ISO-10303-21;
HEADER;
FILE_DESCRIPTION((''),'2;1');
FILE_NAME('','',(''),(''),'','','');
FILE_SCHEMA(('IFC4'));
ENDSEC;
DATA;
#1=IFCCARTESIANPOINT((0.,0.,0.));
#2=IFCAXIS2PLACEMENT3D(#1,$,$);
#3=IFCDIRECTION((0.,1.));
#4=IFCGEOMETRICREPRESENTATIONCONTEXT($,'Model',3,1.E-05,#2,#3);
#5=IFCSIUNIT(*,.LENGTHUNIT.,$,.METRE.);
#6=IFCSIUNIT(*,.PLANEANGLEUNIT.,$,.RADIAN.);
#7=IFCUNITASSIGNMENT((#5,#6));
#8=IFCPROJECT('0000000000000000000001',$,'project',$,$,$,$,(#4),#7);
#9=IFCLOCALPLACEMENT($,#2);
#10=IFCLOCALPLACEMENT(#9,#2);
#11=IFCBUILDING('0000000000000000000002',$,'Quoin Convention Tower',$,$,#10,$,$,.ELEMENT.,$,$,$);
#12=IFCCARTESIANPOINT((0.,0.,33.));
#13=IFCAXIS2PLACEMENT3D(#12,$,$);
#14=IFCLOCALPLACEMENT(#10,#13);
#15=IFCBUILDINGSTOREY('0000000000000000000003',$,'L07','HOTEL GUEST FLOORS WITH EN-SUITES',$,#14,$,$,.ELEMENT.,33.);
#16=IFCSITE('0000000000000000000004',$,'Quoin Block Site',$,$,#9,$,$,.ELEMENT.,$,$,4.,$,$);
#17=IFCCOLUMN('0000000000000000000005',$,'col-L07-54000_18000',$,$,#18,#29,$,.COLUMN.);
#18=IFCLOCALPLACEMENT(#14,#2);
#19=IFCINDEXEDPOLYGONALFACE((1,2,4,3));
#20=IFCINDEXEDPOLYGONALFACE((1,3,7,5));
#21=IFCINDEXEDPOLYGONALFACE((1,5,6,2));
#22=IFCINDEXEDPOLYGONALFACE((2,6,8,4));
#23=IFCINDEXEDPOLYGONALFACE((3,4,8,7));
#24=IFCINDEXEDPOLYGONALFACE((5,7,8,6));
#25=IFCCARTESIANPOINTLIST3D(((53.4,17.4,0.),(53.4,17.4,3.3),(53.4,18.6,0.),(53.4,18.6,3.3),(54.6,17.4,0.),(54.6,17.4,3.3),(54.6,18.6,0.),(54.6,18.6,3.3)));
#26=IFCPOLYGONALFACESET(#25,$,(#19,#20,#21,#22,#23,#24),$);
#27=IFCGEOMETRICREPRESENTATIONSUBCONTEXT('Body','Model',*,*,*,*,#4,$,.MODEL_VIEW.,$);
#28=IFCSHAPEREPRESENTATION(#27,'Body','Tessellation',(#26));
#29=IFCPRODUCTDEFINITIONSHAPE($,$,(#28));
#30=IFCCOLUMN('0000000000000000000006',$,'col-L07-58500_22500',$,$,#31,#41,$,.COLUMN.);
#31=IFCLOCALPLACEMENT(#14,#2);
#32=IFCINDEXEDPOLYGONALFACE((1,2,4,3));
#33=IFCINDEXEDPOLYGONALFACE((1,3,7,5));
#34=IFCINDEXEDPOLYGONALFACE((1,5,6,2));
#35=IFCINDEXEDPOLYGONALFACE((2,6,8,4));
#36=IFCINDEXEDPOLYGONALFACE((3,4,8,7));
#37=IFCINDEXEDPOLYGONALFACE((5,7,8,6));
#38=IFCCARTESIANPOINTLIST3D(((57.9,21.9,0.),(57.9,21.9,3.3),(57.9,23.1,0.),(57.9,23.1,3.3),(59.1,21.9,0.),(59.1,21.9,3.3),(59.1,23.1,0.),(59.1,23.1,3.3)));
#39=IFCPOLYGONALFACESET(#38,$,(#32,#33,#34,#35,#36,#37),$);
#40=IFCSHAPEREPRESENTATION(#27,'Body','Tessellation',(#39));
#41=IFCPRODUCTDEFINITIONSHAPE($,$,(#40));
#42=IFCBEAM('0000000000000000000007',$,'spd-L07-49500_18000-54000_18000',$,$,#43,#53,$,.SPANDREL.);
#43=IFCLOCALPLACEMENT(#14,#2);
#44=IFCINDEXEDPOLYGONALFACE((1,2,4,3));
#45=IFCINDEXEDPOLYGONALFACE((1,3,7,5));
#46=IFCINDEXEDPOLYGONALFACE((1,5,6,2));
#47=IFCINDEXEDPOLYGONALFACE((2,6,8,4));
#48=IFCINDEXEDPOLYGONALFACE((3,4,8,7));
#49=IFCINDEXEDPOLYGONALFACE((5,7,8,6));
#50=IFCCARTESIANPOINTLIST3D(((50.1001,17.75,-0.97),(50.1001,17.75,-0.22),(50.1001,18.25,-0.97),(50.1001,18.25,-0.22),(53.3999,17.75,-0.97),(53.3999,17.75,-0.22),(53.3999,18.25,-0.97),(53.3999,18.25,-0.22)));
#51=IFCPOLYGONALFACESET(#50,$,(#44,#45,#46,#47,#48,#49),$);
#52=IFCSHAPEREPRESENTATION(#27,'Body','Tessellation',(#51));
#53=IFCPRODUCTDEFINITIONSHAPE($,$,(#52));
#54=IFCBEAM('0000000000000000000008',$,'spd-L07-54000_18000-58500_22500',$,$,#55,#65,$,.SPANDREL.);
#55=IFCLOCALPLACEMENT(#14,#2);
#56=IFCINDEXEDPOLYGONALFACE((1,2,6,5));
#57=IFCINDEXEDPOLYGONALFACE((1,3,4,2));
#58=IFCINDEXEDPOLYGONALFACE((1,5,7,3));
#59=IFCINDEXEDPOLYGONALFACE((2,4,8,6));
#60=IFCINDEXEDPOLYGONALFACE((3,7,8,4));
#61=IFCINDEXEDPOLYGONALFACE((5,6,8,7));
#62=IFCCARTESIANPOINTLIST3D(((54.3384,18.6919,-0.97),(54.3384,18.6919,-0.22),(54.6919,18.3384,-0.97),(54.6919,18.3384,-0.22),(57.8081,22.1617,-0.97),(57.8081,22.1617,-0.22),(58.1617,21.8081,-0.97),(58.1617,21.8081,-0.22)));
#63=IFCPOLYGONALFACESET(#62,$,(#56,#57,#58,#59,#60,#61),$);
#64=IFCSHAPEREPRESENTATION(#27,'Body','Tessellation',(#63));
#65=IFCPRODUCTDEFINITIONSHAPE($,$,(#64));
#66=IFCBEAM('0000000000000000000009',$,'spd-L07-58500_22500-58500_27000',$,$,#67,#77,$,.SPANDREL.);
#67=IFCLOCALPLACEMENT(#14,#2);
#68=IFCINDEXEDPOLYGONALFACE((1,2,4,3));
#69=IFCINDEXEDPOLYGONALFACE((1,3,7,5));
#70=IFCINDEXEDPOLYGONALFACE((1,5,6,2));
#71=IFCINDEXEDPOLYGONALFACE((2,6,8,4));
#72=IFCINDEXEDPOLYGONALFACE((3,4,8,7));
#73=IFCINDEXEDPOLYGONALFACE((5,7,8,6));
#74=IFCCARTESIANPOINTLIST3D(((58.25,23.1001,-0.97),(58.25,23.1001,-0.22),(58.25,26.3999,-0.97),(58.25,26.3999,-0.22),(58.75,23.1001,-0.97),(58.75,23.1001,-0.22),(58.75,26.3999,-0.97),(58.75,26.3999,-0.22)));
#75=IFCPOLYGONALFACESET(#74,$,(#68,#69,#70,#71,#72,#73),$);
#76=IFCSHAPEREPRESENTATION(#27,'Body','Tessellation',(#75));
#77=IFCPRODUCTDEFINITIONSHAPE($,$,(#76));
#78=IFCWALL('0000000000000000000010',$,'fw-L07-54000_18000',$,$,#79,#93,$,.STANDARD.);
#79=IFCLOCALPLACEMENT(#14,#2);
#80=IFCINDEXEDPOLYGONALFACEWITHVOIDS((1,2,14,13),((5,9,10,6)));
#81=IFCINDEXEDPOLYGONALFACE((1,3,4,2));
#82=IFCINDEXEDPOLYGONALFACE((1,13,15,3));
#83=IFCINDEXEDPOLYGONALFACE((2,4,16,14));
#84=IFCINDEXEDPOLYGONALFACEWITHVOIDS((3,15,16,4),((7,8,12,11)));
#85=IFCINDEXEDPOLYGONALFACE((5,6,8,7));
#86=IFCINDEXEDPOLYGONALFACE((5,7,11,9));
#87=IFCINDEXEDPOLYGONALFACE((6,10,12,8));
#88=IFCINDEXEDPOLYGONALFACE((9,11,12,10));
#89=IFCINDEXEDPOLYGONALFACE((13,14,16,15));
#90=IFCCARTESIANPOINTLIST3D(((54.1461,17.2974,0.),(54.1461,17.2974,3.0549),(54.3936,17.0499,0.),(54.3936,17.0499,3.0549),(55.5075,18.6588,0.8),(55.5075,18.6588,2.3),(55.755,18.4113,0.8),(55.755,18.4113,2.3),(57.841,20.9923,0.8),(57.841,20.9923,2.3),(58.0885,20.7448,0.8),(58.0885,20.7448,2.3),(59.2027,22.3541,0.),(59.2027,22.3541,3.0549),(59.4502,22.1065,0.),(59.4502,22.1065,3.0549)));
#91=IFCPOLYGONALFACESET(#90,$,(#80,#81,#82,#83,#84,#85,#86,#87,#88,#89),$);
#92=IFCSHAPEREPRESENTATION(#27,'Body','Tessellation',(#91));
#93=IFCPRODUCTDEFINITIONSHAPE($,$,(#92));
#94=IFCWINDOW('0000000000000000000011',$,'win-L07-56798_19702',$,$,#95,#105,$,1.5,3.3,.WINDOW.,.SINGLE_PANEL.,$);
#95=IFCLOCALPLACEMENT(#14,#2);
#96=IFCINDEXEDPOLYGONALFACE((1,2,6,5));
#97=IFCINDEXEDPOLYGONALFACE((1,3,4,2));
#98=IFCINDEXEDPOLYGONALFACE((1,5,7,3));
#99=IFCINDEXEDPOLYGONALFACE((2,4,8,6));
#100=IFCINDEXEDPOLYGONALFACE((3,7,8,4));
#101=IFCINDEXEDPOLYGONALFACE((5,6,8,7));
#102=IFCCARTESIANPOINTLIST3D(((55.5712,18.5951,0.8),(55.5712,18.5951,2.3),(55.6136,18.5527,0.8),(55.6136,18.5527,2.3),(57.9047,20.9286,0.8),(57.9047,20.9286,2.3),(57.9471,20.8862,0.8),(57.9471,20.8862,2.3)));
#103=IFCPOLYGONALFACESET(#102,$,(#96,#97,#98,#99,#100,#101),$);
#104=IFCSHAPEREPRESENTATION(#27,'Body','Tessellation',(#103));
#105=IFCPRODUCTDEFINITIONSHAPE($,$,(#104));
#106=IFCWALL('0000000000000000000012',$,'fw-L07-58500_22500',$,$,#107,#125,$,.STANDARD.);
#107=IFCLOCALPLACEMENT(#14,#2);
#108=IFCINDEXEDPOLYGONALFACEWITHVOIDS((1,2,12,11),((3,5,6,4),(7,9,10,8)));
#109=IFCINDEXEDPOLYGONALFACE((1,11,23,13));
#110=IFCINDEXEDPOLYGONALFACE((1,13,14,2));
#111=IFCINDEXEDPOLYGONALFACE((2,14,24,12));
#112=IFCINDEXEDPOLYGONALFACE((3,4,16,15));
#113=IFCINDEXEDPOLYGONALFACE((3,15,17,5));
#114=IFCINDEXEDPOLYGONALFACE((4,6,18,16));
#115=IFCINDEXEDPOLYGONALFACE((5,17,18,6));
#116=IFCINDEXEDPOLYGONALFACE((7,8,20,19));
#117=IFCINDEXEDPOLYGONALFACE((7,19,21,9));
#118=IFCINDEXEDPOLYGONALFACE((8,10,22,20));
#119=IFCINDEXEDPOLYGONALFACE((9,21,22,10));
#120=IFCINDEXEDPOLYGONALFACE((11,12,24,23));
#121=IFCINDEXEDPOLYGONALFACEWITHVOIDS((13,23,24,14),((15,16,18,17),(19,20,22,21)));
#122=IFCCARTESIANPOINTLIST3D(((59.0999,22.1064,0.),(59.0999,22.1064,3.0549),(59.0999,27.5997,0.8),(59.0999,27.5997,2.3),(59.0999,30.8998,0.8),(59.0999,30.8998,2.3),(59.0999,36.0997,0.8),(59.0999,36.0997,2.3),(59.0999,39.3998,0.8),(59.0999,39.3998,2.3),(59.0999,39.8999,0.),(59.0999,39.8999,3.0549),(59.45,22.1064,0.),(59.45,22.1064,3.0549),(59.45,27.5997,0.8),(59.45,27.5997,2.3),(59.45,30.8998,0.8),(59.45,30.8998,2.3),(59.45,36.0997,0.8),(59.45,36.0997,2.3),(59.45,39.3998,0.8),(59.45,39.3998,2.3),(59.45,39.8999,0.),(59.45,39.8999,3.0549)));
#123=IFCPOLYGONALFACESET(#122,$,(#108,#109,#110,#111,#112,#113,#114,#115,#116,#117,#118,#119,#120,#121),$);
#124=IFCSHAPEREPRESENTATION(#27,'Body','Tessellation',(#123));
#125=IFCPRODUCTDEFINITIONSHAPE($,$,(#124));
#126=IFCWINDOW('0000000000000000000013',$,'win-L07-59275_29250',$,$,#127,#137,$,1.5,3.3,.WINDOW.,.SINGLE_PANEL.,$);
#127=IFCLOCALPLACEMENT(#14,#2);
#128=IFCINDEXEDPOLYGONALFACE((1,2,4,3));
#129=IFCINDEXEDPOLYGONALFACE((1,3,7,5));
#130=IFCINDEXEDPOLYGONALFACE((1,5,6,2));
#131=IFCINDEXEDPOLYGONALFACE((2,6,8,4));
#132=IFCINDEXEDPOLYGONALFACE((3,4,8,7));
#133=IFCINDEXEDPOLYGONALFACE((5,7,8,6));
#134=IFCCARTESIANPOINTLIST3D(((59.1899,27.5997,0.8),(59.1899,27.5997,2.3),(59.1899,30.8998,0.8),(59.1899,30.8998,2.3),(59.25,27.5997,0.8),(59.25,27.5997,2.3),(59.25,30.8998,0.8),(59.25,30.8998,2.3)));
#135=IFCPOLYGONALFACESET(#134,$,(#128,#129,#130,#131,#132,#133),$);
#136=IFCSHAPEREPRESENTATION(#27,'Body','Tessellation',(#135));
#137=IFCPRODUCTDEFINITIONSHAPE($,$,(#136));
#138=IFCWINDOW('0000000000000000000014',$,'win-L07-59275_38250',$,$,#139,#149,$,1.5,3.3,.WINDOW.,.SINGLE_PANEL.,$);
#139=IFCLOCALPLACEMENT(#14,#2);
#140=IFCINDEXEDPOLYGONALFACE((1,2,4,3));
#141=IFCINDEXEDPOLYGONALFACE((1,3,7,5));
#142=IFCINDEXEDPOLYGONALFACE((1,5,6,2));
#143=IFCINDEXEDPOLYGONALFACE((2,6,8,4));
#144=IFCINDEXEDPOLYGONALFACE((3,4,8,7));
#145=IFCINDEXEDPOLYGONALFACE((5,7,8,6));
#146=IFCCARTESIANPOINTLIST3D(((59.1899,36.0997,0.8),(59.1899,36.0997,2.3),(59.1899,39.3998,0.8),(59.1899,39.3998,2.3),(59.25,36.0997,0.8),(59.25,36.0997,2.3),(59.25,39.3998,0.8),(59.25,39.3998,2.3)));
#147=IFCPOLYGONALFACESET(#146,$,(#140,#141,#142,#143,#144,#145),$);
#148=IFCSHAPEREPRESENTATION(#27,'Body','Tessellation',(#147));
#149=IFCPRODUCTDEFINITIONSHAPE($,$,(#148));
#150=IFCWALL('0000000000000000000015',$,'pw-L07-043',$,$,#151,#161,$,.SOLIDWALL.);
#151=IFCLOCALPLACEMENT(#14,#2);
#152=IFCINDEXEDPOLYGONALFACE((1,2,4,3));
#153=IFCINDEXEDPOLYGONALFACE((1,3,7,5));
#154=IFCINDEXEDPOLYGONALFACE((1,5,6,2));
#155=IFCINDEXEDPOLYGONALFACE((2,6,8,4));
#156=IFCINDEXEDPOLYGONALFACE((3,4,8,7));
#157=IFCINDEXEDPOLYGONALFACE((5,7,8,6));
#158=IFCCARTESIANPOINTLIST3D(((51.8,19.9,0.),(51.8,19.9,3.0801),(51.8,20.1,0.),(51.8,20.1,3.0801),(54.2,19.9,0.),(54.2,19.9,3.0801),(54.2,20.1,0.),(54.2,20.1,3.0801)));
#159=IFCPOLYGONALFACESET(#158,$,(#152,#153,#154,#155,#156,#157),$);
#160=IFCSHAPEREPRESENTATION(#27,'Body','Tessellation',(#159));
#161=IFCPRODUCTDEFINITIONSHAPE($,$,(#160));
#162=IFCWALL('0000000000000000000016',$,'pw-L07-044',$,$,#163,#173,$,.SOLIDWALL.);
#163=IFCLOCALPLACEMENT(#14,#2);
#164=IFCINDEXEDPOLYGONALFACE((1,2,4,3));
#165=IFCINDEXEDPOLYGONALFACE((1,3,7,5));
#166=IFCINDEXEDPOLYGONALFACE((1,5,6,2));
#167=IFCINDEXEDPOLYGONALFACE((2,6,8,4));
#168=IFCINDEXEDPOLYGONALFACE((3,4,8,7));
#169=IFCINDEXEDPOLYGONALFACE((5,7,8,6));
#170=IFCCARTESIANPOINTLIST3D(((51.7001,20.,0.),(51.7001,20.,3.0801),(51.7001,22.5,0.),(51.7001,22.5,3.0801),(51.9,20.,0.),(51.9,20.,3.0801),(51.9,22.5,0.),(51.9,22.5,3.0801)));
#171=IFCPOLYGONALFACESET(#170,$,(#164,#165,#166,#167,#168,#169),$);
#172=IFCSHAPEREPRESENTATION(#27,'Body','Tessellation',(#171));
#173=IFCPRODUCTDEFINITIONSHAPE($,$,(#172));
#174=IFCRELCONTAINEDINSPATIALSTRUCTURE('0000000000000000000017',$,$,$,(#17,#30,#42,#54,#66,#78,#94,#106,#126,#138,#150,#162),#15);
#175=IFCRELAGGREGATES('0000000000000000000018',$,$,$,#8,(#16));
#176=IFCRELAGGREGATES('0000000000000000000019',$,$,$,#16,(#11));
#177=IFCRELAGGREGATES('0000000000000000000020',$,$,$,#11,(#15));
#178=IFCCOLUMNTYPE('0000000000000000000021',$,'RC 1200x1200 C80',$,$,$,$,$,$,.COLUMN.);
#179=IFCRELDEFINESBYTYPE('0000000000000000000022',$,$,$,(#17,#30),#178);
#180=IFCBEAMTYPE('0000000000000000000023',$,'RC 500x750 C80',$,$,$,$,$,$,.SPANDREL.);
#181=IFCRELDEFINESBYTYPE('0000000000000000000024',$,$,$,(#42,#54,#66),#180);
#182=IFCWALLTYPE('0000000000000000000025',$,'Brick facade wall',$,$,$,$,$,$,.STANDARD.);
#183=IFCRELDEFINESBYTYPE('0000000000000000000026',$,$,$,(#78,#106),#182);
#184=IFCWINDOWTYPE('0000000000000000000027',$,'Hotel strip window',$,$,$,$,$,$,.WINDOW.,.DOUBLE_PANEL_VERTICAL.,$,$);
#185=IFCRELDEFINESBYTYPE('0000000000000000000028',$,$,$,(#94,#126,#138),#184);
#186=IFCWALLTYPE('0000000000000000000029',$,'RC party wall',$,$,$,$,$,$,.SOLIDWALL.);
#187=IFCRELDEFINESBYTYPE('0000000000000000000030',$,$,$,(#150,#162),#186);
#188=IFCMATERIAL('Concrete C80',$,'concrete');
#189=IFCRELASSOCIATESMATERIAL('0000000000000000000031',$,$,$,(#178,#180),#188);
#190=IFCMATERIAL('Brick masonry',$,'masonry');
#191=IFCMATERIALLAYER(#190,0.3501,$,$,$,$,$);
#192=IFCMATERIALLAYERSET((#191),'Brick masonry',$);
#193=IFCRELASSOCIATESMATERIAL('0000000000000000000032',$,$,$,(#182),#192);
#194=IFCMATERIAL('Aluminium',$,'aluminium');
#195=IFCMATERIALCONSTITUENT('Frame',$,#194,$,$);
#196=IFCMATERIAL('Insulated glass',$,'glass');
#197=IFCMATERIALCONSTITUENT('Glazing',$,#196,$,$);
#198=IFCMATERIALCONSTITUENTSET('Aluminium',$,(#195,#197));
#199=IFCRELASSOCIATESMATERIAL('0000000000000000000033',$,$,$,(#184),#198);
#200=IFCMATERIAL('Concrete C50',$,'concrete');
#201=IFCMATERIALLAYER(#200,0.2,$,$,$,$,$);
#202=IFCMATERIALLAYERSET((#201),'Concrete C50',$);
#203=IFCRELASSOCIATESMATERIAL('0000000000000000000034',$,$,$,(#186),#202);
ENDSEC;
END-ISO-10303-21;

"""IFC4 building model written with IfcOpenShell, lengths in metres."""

from ifc_helpers import new_model, si_unit, direction, frame, frame_2d, origin, origin_2d, place, context, subcontext, project, spatial, rectangle, extrude, material, layer, layer_set, constituent, constituent_set, material_profile, profile_set, type_object, element, fill, save


model = new_model("IFC4")

# Units and contexts
model_context = context("Model", 3, precision=1e-05, world=origin(), true_north=direction((0.0, 1.0)))
body_context = subcontext(model_context, "Body", "Model", "MODEL_VIEW")
ifc_project = project(units=[si_unit("LENGTHUNIT", "METRE"), si_unit("PLANEANGLEUNIT", "RADIAN")], contexts=[model_context])

# Site, building, storey
site_placement = place(None, origin())
site = spatial("IfcSite", under=ifc_project, at=site_placement, Name="Quoin Block Site", CompositionType="ELEMENT", RefElevation=4.0)
building_placement = place(site_placement, origin())
building = spatial("IfcBuilding", under=site, at=building_placement, Name="Quoin Convention Tower", CompositionType="ELEMENT")
storey_placement = place(building_placement, frame((0.0, 0.0, 33.0)))
storey = spatial("IfcBuildingStorey", under=building, at=storey_placement, Name="L07", Description="HOTEL GUEST FLOORS WITH EN-SUITES", CompositionType="ELEMENT", Elevation=33.0)

# Columns
ifc_material_1 = material(Name="Concrete C80", Category="concrete")
ifc_material_profile_1 = material_profile(ifc_material_1, rectangle(XDim=1.2, YDim=1.2, at=origin_2d()), Name="RC 1200x1200")
ifc_profile_set_1 = profile_set([ifc_material_profile_1], Name="Concrete C80")
column_type = type_object("IfcColumnType", Name="RC 1200x1200 C80", PredefinedType="COLUMN", material=ifc_profile_set_1)
for number, where, z_axis, x_axis, name in (
    (1, (54.0, 18.0, 0.0), (0.0, 0.0, 1.0), (1.0, 0.0, 0.0), "col-L07-54000_18000"),
    (2, (58.5, 22.5, 0.0), (0.0, 0.0, 1.0), (1.0, 0.0, 0.0), "col-L07-58500_22500"),
):
    element("IfcColumn", number, at=place(storey_placement, frame(where, z_axis=z_axis, x_axis=x_axis)), inside=storey, type_object=column_type, Name=name, PredefinedType="COLUMN", context=body_context, shape_type="SweptSolid", body=[
        extrude(rectangle(XDim=1.2, YDim=1.2, at=origin_2d()), origin(), (0.0, 0.0, 1.0), 3.3),
    ])

# Beams
ifc_material_profile_2 = material_profile(ifc_material_1, rectangle(XDim=0.5, YDim=0.75, at=origin_2d()), Name="RC 500x750")
ifc_profile_set_2 = profile_set([ifc_material_profile_2], Name="Concrete C80")
beam_type = type_object("IfcBeamType", Name="RC 500x750 C80", PredefinedType="SPANDREL", material=ifc_profile_set_2)
beam_1_placement = place(storey_placement, frame((50.1001, 18.0, -0.595), z_axis=(1.0, 0.0, 0.0), x_axis=(0.0, 1.0, 0.0)))
element("IfcBeam", 3, at=beam_1_placement, inside=storey, type_object=beam_type, Name="spd-L07-49500_18000-54000_18000", PredefinedType="SPANDREL", context=body_context, shape_type="SweptSolid", body=[
    extrude(rectangle(XDim=0.5, YDim=0.75, at=origin_2d()), origin(), (0.0, 0.0, 1.0), 3.2998),
])
beam_2_placement = place(storey_placement, frame((54.5151, 18.5151, -0.595), z_axis=(0.707107, 0.707107, 0.0), x_axis=(-0.707107, 0.707107, 0.0)))
element("IfcBeam", 4, at=beam_2_placement, inside=storey, type_object=beam_type, Name="spd-L07-54000_18000-58500_22500", PredefinedType="SPANDREL", context=body_context, shape_type="SweptSolid", body=[
    extrude(rectangle(XDim=0.5, YDim=0.75, at=origin_2d()), origin(), (0.0, 0.0, 1.0), 4.907),
])
beam_3_placement = place(storey_placement, frame((58.5, 23.1001, -0.595), z_axis=(0.0, 1.0, 0.0), x_axis=(-1.0, 0.0, 0.0)))
element("IfcBeam", 5, at=beam_3_placement, inside=storey, type_object=beam_type, Name="spd-L07-58500_22500-58500_27000", PredefinedType="SPANDREL", context=body_context, shape_type="SweptSolid", body=[
    extrude(rectangle(XDim=0.5, YDim=0.75, at=origin_2d()), origin(), (0.0, 0.0, 1.0), 3.2998),
])

# Wall, opening, window
ifc_material_2 = material(Name="Brick masonry", Category="masonry")
ifc_layer_1 = layer(ifc_material_2, 0.3501)
ifc_layer_set_1 = layer_set([ifc_layer_1], Name="Brick masonry")
wall_type_1 = type_object("IfcWallType", Name="Brick facade wall", PredefinedType="STANDARD", material=ifc_layer_set_1)
wall_1_placement = place(storey_placement, frame((54.2698, 17.1736, 0.0), z_axis=(0.0, 0.0, 1.0), x_axis=(0.707107, 0.707107, 0.0)))
wall_1 = element("IfcWall", 6, at=wall_1_placement, inside=storey, type_object=wall_type_1, Name="fw-L07-54000_18000", PredefinedType="STANDARD", context=body_context, shape_type="SweptSolid", body=[
    extrude(rectangle(XDim=7.1511, YDim=0.3501, at=frame_2d((3.5757, 0.0))), origin(), (0.0, 0.0, 1.0), 3.0549),
])
opening_1_placement = place(wall_1_placement, frame((1.9255, 0.0, 0.8)))
opening_1 = element("IfcOpeningElement", 7, at=opening_1_placement, cuts=wall_1, PredefinedType="OPENING", context=body_context, shape_type="SweptSolid", body=[
    extrude(rectangle(XDim=3.3, YDim=1.5, at=frame_2d((1.6499, 0.75))), frame((0.0, 0.1851, 0.0), z_axis=(0.0, -1.0, 0.0), x_axis=(1.0, 0.0, 0.0)), (0.0, 0.0, 1.0), 0.3701),
])
ifc_material_3 = material(Name="Aluminium", Category="aluminium")
ifc_constituent_1 = constituent(ifc_material_3, Name="Frame")
ifc_material_4 = material(Name="Insulated glass", Category="glass")
ifc_constituent_2 = constituent(ifc_material_4, Name="Glazing")
ifc_constituent_set = constituent_set(constituents=[ifc_constituent_1, ifc_constituent_2], Name="Aluminium")
window_type = type_object("IfcWindowType", Name="Hotel strip window", PartitioningType="DOUBLE_PANEL_VERTICAL", PredefinedType="WINDOW", material=ifc_constituent_set)
window_1_placement = place(opening_1_placement, origin())
window_1 = element("IfcWindow", 8, at=window_1_placement, inside=storey, type_object=window_type, Name="win-L07-56798_19702", OverallHeight=1.5, OverallWidth=3.3, PartitioningType="SINGLE_PANEL", PredefinedType="WINDOW", context=body_context, shape_type="SweptSolid", body=[
    extrude(rectangle(XDim=3.3, YDim=1.5, at=frame_2d((1.6499, 0.75))), frame((0.0, 0.085, 0.0), z_axis=(0.0, -1.0, 0.0), x_axis=(1.0, 0.0, 0.0)), (0.0, 0.0, 1.0), 0.0601),
])
fill(opening_1, window_1)

# Wall, openings, windows
wall_2_placement = place(storey_placement, frame((59.2749, 22.1064, 0.0), z_axis=(0.0, 0.0, 1.0), x_axis=(0.0, 1.0, 0.0)))
wall_2 = element("IfcWall", 9, at=wall_2_placement, inside=storey, type_object=wall_type_1, Name="fw-L07-58500_22500", PredefinedType="STANDARD", context=body_context, shape_type="SweptSolid", body=[
    extrude(rectangle(XDim=17.7935, YDim=0.3501, at=frame_2d((8.8967, 0.0))), origin(), (0.0, 0.0, 1.0), 3.0549),
])
opening_2_placement = place(wall_2_placement, frame((5.4934, 0.0, 0.8)))
opening_2 = element("IfcOpeningElement", 10, at=opening_2_placement, cuts=wall_2, PredefinedType="OPENING", context=body_context, shape_type="SweptSolid", body=[
    extrude(rectangle(XDim=3.3, YDim=1.5, at=frame_2d((1.6499, 0.75))), frame((0.0, 0.1851, 0.0), z_axis=(0.0, -1.0, 0.0), x_axis=(1.0, 0.0, 0.0)), (0.0, 0.0, 1.0), 0.3701),
])
opening_3_placement = place(wall_2_placement, frame((13.9934, 0.0, 0.8)))
opening_3 = element("IfcOpeningElement", 11, at=opening_3_placement, cuts=wall_2, PredefinedType="OPENING", context=body_context, shape_type="SweptSolid", body=[
    extrude(rectangle(XDim=3.3, YDim=1.5, at=frame_2d((1.6499, 0.75))), frame((0.0, 0.1851, 0.0), z_axis=(0.0, -1.0, 0.0), x_axis=(1.0, 0.0, 0.0)), (0.0, 0.0, 1.0), 0.3701),
])
window_2_placement = place(opening_2_placement, origin())
window_2 = element("IfcWindow", 12, at=window_2_placement, inside=storey, type_object=window_type, Name="win-L07-59275_29250", OverallHeight=1.5, OverallWidth=3.3, PartitioningType="SINGLE_PANEL", PredefinedType="WINDOW", context=body_context, shape_type="SweptSolid", body=[
    extrude(rectangle(XDim=3.3, YDim=1.5, at=frame_2d((1.6499, 0.75))), frame((0.0, 0.085, 0.0), z_axis=(0.0, -1.0, 0.0), x_axis=(1.0, 0.0, 0.0)), (0.0, 0.0, 1.0), 0.0601),
])
fill(opening_2, window_2)
window_3_placement = place(opening_3_placement, origin())
window_3 = element("IfcWindow", 13, at=window_3_placement, inside=storey, type_object=window_type, Name="win-L07-59275_38250", OverallHeight=1.5, OverallWidth=3.3, PartitioningType="SINGLE_PANEL", PredefinedType="WINDOW", context=body_context, shape_type="SweptSolid", body=[
    extrude(rectangle(XDim=3.3, YDim=1.5, at=frame_2d((1.6499, 0.75))), frame((0.0, 0.085, 0.0), z_axis=(0.0, -1.0, 0.0), x_axis=(1.0, 0.0, 0.0)), (0.0, 0.0, 1.0), 0.0601),
])
fill(opening_3, window_3)

# Walls
ifc_material_5 = material(Name="Concrete C50", Category="concrete")
ifc_layer_2 = layer(ifc_material_5, 0.2)
ifc_layer_set_2 = layer_set([ifc_layer_2], Name="Concrete C50")
wall_type_2 = type_object("IfcWallType", Name="RC party wall", PredefinedType="SOLIDWALL", material=ifc_layer_set_2)
wall_3_placement = place(storey_placement, frame((51.8, 20.0, 0.0), z_axis=(0.0, 0.0, 1.0), x_axis=(1.0, 0.0, 0.0)))
element("IfcWall", 14, at=wall_3_placement, inside=storey, type_object=wall_type_2, Name="pw-L07-043", PredefinedType="SOLIDWALL", context=body_context, shape_type="SweptSolid", body=[
    extrude(rectangle(XDim=2.3999, YDim=0.2, at=frame_2d((1.2, 0.0))), origin(), (0.0, 0.0, 1.0), 3.0801),
])
wall_4_placement = place(storey_placement, frame((51.8, 20.0, 0.0), z_axis=(0.0, 0.0, 1.0), x_axis=(0.0, 1.0, 0.0)))
element("IfcWall", 15, at=wall_4_placement, inside=storey, type_object=wall_type_2, Name="pw-L07-044", PredefinedType="SOLIDWALL", context=body_context, shape_type="SweptSolid", body=[
    extrude(rectangle(XDim=2.5, YDim=0.2, at=frame_2d((1.25, 0.0))), origin(), (0.0, 0.0, 1.0), 3.0801),
])

save(model, "model.ifc")
